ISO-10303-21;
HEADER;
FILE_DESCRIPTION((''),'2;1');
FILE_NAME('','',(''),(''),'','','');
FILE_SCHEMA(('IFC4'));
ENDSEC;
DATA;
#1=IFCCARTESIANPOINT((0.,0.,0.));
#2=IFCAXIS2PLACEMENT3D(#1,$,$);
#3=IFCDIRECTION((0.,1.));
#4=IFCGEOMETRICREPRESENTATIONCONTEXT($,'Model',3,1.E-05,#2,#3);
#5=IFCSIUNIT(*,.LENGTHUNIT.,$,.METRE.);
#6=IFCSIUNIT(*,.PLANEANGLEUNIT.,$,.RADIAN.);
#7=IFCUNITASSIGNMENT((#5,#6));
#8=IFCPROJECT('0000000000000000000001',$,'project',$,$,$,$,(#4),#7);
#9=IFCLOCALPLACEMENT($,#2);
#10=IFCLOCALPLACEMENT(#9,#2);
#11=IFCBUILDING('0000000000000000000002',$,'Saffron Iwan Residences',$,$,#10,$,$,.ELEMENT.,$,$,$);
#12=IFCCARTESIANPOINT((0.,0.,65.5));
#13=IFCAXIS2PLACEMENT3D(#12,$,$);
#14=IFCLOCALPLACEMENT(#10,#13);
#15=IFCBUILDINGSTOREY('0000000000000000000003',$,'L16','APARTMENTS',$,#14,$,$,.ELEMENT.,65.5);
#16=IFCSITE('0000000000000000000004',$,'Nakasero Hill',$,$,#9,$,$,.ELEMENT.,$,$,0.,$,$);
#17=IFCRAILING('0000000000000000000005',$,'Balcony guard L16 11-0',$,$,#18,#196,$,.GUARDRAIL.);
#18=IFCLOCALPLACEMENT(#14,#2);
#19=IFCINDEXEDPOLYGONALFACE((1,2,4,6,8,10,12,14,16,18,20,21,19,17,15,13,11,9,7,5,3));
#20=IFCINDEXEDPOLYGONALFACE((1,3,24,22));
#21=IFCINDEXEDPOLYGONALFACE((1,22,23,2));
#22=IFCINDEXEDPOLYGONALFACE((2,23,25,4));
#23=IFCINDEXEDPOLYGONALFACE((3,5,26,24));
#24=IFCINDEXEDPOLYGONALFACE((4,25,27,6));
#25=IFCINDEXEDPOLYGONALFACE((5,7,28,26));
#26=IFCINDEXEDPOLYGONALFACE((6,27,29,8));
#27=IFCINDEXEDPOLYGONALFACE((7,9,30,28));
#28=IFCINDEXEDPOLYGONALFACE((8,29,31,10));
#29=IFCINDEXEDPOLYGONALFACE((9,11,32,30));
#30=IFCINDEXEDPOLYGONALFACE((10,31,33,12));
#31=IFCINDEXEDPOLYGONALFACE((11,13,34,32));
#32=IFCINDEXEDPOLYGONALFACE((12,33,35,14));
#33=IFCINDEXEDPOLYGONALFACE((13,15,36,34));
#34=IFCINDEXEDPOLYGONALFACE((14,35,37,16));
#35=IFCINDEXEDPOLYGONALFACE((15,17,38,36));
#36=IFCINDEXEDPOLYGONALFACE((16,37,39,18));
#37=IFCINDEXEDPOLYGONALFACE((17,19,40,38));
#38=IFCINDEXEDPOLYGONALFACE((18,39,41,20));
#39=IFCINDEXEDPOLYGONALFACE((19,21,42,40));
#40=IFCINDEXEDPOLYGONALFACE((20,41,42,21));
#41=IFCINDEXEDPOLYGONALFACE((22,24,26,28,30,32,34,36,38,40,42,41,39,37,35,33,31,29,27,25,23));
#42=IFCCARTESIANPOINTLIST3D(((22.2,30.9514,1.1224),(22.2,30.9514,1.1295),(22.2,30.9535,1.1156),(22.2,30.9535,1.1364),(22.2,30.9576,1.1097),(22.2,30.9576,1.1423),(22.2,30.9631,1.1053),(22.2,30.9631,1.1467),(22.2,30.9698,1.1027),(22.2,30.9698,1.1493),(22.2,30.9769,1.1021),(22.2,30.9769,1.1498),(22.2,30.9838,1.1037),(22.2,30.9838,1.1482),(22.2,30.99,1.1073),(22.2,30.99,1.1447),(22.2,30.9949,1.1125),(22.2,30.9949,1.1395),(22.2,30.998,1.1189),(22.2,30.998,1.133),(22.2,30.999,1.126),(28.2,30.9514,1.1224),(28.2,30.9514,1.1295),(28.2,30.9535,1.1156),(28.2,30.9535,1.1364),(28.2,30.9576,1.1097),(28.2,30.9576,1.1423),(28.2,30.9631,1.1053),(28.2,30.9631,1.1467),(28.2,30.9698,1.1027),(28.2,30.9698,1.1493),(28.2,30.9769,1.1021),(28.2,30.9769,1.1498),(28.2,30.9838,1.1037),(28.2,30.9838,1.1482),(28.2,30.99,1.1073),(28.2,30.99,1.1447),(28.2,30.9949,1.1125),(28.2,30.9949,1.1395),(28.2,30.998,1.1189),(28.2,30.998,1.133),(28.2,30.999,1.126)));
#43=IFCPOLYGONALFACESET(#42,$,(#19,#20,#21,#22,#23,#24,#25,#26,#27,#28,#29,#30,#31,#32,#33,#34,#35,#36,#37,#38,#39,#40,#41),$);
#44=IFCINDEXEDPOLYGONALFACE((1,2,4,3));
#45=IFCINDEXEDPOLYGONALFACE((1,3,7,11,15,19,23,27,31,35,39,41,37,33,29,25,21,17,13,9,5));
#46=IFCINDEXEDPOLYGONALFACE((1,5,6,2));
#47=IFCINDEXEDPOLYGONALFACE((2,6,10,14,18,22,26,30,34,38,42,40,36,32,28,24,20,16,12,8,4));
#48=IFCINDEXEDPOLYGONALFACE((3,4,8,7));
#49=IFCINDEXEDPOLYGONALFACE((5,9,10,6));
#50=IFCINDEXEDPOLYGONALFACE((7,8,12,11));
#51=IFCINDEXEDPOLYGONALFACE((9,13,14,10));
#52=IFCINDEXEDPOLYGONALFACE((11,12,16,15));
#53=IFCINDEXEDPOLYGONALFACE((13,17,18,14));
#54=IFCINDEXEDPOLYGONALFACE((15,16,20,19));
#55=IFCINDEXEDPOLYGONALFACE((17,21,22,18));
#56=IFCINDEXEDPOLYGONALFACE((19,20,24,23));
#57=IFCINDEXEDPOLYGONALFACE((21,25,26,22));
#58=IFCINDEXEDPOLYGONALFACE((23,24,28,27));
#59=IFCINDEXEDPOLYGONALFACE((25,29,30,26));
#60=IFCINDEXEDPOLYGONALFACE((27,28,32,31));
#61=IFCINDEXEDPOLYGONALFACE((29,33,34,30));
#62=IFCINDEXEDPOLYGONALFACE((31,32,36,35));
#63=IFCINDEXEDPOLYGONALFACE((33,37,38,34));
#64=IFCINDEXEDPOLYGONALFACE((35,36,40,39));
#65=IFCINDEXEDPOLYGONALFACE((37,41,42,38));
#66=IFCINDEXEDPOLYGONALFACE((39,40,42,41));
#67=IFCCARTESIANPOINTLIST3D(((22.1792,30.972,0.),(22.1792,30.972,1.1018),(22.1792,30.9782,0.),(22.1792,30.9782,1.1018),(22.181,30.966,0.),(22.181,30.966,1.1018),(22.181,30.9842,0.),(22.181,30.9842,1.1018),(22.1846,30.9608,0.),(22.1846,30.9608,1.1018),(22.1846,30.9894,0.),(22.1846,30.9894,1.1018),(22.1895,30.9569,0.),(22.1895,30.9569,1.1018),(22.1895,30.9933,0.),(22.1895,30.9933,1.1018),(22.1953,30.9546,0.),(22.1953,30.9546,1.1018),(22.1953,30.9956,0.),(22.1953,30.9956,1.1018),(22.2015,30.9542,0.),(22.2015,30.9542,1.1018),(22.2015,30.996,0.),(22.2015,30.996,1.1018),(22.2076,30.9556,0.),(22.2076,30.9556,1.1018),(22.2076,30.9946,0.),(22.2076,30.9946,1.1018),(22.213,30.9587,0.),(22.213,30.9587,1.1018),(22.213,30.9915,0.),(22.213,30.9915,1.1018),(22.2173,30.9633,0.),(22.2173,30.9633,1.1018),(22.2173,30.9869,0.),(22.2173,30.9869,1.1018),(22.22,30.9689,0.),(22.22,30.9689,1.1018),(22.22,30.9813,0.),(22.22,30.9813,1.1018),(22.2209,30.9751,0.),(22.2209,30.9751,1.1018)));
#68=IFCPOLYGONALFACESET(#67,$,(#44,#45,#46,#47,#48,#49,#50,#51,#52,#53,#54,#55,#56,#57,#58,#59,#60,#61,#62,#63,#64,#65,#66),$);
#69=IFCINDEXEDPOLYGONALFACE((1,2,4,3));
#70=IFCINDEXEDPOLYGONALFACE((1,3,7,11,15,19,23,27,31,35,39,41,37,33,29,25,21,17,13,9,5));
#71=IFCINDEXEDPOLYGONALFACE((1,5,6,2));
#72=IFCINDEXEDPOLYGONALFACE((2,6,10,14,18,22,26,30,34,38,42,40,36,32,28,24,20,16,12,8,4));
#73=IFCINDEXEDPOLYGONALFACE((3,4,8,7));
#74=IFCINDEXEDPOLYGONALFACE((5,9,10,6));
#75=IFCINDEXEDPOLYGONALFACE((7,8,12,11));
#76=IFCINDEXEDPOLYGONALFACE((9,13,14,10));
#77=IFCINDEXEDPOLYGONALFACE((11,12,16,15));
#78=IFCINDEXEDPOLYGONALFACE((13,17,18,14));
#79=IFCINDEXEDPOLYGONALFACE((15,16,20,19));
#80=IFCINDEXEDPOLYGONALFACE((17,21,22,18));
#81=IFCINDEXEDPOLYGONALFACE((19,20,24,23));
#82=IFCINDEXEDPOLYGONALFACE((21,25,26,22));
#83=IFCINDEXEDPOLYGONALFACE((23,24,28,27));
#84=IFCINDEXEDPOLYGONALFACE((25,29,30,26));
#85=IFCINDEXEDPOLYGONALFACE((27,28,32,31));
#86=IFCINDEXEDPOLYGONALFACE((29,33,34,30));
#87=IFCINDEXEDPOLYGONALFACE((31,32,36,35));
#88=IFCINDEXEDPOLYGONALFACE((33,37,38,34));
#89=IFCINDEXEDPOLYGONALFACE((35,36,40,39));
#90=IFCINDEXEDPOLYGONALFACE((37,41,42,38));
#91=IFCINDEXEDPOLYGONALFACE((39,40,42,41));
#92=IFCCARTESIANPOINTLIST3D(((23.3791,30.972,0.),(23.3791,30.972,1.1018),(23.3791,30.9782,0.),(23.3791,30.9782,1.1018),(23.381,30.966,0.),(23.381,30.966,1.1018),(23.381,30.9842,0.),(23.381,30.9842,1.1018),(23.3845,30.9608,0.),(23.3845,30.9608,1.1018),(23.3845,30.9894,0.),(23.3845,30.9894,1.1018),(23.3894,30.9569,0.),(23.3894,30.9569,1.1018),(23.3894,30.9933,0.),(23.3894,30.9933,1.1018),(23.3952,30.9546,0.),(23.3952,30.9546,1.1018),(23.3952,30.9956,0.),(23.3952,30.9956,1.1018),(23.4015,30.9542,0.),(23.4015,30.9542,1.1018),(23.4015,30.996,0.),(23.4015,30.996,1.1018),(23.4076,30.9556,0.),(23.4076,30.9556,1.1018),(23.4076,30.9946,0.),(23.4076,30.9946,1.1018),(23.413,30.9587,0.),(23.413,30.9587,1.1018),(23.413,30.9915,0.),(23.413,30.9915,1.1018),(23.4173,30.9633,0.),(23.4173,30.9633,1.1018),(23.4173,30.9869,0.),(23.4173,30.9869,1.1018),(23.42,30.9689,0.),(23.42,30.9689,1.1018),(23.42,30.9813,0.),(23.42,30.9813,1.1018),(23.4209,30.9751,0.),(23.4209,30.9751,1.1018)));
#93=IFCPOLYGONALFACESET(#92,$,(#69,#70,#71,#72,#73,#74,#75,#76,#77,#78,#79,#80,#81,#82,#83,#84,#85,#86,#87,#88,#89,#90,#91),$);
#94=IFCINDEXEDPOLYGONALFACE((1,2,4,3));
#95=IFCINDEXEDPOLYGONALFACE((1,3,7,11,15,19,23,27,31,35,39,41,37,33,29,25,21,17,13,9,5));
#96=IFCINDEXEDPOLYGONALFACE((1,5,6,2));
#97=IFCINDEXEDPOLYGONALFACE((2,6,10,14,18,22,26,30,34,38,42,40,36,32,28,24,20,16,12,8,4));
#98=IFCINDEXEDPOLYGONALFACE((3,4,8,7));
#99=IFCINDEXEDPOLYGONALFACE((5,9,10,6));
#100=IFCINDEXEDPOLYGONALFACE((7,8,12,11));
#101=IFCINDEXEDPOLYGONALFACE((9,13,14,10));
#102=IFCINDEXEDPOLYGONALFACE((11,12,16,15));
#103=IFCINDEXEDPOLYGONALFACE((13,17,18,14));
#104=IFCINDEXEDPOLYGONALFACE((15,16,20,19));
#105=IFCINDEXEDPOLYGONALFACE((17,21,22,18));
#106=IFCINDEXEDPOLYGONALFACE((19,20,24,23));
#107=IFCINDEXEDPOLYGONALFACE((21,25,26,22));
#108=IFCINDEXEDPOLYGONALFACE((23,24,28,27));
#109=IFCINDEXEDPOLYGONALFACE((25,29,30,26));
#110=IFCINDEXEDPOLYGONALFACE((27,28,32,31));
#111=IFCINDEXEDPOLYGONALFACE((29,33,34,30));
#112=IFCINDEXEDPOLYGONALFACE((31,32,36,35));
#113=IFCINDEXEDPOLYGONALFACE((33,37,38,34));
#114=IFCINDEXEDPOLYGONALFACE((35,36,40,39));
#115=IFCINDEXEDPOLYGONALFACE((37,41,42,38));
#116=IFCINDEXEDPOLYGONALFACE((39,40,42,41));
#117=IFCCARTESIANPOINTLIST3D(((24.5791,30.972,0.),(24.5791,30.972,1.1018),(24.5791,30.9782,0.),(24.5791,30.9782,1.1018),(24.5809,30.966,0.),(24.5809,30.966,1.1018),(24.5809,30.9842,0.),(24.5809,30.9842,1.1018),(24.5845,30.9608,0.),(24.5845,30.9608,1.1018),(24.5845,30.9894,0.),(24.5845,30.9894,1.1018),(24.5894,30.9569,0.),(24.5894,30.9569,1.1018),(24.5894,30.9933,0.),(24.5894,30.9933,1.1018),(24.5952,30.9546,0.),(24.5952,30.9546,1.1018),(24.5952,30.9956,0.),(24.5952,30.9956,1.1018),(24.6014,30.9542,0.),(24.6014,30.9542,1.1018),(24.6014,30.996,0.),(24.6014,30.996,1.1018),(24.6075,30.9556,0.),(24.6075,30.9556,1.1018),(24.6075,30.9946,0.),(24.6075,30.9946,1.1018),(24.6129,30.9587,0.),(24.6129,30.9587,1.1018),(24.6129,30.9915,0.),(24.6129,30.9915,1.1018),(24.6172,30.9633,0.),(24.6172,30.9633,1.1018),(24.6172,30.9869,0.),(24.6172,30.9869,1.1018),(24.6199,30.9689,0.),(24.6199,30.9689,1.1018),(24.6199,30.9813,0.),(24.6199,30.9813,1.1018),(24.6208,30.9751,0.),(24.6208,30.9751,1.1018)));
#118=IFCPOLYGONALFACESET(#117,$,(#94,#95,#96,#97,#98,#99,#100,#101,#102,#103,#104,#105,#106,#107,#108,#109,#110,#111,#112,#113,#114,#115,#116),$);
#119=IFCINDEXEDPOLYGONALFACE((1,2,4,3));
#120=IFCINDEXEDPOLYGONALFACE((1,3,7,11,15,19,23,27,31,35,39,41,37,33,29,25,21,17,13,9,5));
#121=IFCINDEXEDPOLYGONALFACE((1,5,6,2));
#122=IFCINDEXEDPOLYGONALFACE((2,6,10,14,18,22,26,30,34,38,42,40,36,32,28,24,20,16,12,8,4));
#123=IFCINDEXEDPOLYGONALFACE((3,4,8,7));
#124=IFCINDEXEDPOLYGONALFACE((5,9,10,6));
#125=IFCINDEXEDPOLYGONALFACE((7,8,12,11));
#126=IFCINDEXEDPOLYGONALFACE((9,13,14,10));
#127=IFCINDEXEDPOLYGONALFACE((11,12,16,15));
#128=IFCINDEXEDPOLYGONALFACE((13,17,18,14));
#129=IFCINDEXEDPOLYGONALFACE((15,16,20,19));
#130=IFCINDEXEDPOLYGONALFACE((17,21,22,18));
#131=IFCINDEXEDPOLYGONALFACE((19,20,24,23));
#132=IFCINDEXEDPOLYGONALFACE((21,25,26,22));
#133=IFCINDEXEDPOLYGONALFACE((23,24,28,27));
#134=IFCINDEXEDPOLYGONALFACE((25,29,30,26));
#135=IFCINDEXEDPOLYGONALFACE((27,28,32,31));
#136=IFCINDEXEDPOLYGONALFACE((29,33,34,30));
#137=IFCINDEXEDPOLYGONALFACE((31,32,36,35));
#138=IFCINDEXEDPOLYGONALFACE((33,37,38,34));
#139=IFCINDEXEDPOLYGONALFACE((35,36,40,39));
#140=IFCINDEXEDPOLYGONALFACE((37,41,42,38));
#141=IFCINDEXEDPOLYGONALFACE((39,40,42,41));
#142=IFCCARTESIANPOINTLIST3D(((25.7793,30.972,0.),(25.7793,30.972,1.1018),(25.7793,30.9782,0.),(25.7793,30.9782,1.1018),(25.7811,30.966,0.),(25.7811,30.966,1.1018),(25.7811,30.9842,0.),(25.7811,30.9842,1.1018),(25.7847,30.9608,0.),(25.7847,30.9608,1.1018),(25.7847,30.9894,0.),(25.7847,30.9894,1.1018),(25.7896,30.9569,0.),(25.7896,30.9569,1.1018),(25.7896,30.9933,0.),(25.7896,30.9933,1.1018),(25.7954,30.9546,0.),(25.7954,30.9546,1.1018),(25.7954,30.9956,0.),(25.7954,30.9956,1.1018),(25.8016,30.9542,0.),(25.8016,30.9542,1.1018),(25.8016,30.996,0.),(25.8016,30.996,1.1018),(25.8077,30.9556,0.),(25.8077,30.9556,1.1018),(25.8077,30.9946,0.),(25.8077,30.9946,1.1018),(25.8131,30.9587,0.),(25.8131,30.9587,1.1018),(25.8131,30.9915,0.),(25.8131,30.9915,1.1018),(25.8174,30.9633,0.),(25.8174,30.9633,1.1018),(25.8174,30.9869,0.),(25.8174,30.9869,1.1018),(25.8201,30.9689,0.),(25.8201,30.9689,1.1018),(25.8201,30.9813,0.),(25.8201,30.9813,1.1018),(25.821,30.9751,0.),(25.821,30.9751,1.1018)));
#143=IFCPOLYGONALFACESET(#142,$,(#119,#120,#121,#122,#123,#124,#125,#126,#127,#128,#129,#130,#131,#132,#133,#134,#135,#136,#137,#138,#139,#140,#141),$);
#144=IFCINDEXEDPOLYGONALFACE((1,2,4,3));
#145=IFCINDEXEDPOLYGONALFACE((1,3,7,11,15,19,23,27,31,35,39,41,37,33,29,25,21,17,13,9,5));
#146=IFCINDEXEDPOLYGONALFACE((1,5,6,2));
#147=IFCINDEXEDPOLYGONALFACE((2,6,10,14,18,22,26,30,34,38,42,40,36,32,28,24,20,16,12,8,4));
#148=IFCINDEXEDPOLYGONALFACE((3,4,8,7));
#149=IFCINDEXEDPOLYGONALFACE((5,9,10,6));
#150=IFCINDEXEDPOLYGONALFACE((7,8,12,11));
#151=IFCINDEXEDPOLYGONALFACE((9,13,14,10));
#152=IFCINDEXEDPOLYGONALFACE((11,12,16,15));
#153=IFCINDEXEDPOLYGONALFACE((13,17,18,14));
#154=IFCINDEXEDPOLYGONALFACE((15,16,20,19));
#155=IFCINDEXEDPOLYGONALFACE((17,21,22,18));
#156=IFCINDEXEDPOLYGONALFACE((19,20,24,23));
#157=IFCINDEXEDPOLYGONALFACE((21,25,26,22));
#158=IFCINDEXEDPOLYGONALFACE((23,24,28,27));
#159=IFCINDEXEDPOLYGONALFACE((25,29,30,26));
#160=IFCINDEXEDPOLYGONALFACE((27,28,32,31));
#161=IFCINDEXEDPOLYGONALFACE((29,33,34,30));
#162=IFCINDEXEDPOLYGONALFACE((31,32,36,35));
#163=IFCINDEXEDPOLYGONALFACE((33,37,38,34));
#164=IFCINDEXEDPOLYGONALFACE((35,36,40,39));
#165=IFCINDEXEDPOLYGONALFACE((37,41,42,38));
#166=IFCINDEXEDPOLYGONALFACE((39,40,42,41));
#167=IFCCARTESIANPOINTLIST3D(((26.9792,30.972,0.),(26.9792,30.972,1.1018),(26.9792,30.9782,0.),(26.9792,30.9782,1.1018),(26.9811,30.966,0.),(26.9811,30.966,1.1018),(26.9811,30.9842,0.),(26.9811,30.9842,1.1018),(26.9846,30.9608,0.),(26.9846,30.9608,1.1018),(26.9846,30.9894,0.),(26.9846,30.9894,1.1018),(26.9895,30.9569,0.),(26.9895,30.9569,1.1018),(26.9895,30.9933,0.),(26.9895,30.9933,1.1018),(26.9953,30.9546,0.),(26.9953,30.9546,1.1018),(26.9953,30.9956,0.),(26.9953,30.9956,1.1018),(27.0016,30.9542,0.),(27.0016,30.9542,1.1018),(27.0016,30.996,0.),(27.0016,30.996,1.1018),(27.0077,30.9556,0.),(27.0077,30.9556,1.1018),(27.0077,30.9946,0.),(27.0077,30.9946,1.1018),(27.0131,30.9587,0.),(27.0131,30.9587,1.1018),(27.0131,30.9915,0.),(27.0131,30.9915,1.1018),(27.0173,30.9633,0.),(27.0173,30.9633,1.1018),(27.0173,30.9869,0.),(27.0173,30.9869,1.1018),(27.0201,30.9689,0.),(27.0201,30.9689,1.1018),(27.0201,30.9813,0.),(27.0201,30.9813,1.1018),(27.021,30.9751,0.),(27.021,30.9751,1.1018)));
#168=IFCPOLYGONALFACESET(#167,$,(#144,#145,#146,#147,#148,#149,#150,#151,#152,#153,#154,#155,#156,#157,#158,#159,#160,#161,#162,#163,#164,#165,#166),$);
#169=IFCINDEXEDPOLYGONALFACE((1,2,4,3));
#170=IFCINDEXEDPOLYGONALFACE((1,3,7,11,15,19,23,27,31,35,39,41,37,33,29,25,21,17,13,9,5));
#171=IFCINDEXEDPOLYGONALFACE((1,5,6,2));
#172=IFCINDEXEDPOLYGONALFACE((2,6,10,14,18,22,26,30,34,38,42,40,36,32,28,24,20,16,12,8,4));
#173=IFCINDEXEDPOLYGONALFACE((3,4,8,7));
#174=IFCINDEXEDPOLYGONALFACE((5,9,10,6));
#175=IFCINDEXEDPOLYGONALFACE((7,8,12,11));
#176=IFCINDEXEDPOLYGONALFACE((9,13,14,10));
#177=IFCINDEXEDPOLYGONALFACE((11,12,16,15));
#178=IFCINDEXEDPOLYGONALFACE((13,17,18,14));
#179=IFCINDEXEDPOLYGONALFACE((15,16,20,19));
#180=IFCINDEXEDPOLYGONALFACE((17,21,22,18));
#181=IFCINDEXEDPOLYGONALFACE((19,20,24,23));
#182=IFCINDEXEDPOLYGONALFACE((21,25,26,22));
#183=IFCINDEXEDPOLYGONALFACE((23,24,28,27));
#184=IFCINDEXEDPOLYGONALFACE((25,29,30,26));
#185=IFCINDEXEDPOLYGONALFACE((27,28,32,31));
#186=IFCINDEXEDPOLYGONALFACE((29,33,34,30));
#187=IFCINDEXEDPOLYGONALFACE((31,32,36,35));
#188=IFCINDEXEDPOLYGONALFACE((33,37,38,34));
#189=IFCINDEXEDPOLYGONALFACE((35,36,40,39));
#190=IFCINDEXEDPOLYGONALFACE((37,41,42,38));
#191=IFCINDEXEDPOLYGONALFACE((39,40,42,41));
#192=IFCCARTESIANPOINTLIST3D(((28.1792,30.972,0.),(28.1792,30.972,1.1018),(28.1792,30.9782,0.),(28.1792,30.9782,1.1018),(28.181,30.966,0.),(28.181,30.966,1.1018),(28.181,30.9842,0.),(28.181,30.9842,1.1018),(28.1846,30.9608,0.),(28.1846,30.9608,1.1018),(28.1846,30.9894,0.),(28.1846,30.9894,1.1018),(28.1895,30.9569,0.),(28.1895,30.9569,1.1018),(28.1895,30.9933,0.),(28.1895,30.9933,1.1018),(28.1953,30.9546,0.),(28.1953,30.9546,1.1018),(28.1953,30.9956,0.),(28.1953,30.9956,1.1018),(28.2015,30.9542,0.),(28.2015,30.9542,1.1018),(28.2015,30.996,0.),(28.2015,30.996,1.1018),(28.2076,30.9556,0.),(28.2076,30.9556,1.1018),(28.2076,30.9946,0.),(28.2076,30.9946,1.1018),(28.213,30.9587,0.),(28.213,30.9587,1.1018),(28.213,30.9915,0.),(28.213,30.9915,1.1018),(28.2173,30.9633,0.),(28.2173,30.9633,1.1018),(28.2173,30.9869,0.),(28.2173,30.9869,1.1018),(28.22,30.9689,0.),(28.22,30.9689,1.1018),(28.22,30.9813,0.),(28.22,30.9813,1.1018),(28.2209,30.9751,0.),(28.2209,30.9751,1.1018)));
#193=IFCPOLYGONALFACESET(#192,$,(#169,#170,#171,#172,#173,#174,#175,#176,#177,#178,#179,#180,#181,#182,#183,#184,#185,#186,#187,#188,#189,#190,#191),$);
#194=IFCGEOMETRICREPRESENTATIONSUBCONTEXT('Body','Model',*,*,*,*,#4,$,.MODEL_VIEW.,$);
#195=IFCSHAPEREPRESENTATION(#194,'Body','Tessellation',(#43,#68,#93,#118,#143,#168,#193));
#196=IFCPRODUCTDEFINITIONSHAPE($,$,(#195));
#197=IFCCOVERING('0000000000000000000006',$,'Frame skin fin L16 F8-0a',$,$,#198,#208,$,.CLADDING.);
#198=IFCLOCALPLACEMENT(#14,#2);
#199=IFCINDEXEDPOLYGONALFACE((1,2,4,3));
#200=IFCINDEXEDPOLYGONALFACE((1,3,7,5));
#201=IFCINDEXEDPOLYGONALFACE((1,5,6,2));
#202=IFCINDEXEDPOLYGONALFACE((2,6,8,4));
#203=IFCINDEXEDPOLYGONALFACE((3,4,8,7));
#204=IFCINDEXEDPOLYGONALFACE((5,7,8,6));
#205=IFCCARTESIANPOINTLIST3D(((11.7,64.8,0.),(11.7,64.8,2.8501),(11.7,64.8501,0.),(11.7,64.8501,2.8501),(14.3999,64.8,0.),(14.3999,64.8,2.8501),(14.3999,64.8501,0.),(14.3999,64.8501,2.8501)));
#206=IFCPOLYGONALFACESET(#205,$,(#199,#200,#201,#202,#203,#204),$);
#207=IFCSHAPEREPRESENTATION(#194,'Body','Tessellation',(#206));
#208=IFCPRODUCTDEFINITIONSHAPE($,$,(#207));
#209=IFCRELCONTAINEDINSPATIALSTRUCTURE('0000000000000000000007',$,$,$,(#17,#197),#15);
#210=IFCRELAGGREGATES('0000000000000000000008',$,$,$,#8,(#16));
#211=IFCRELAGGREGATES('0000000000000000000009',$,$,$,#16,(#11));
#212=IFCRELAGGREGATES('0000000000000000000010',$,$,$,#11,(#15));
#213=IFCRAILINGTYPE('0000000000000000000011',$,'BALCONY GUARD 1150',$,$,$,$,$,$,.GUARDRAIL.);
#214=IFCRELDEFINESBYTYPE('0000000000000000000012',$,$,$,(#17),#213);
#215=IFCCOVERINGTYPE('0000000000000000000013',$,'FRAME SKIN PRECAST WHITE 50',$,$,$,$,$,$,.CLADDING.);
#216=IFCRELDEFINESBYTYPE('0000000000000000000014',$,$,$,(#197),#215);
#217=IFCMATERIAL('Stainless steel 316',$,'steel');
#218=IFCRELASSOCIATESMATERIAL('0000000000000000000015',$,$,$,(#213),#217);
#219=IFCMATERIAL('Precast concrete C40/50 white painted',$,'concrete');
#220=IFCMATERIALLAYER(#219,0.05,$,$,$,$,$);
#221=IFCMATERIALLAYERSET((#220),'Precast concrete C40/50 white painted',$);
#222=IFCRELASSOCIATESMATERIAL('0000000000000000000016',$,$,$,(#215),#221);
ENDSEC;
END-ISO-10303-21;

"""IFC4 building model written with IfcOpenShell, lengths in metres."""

from ifc_helpers import new_model, si_unit, direction, frame, origin, origin_2d, place, context, subcontext, project, spatial, polyline, circle, outline, extrude, material, layer, layer_set, type_object, element, save


model = new_model("IFC4")

# Units and contexts
model_context = context("Model", 3, precision=1e-05, world=origin(), true_north=direction((0.0, 1.0)))
body_context = subcontext(model_context, "Body", "Model", "MODEL_VIEW")
ifc_project = project(units=[si_unit("LENGTHUNIT", "METRE"), si_unit("PLANEANGLEUNIT", "RADIAN")], contexts=[model_context])

# Site, building, storey
site_placement = place(None, origin())
site = spatial("IfcSite", under=ifc_project, at=site_placement, Name="Nakasero Hill", CompositionType="ELEMENT", RefElevation=0.0)
building_placement = place(site_placement, origin())
building = spatial("IfcBuilding", under=site, at=building_placement, Name="Saffron Iwan Residences", CompositionType="ELEMENT")
storey_placement = place(building_placement, frame((0.0, 0.0, 65.5)))
storey = spatial("IfcBuildingStorey", under=building, at=storey_placement, Name="L16", Description="APARTMENTS", CompositionType="ELEMENT", Elevation=65.5)

# Railing
ifc_material_1 = material(Name="Stainless steel 316", Category="steel")
railing_type = type_object("IfcRailingType", Name="BALCONY GUARD 1150", PredefinedType="GUARDRAIL", material=ifc_material_1)
railing_placement = place(storey_placement, frame((22.2, 30.9751, 0.0)))
element("IfcRailing", 1, at=railing_placement, inside=storey, type_object=railing_type, Name="Balcony guard L16 11-0", PredefinedType="GUARDRAIL", context=body_context, shape_type="SweptSolid", body=[
    extrude(circle(Radius=0.0239, at=origin_2d()), frame((0.0, 0.0, 1.126), z_axis=(1.0, 0.0, 0.0), x_axis=(0.0, 1.0, 0.0)), (0.0, 0.0, 1.0), 6.0),
    extrude(circle(Radius=0.021, at=origin_2d()), origin(), (0.0, 0.0, 1.0), 1.1018),
    extrude(circle(Radius=0.021, at=origin_2d()), frame((1.2, 0.0, 0.0)), (0.0, 0.0, 1.0), 1.1018),
    extrude(circle(Radius=0.021, at=origin_2d()), frame((2.3999, 0.0, 0.0)), (0.0, 0.0, 1.0), 1.1018),
    extrude(circle(Radius=0.021, at=origin_2d()), frame((3.6001, 0.0, 0.0)), (0.0, 0.0, 1.0), 1.1018),
    extrude(circle(Radius=0.021, at=origin_2d()), frame((4.8, 0.0, 0.0)), (0.0, 0.0, 1.0), 1.1018),
    extrude(circle(Radius=0.021, at=origin_2d()), frame((6.0, 0.0, 0.0)), (0.0, 0.0, 1.0), 1.1018),
])

# Covering
ifc_material_2 = material(Name="Precast concrete C40/50 white painted", Category="concrete")
ifc_layer_1 = layer(ifc_material_2, 0.05)
ifc_layer_set_1 = layer_set([ifc_layer_1], Name="Precast concrete C40/50 white painted")
covering_type = type_object("IfcCoveringType", Name="FRAME SKIN PRECAST WHITE 50", PredefinedType="CLADDING", material=ifc_layer_set_1)
covering_1_placement = place(storey_placement, origin())
element("IfcCovering", 2, at=covering_1_placement, inside=storey, type_object=covering_type, Name="Frame skin fin L16 F8-0a", PredefinedType="CLADDING", context=body_context, shape_type="SweptSolid", body=[
    extrude(outline(polyline([(11.7, 64.8501), (11.7, 64.8), (14.3999, 64.8), (14.3999, 64.8501), (11.7, 64.8501)])), origin(), (0.0, 0.0, 1.0), 2.8501),
])

save(model, "model.ifc")
